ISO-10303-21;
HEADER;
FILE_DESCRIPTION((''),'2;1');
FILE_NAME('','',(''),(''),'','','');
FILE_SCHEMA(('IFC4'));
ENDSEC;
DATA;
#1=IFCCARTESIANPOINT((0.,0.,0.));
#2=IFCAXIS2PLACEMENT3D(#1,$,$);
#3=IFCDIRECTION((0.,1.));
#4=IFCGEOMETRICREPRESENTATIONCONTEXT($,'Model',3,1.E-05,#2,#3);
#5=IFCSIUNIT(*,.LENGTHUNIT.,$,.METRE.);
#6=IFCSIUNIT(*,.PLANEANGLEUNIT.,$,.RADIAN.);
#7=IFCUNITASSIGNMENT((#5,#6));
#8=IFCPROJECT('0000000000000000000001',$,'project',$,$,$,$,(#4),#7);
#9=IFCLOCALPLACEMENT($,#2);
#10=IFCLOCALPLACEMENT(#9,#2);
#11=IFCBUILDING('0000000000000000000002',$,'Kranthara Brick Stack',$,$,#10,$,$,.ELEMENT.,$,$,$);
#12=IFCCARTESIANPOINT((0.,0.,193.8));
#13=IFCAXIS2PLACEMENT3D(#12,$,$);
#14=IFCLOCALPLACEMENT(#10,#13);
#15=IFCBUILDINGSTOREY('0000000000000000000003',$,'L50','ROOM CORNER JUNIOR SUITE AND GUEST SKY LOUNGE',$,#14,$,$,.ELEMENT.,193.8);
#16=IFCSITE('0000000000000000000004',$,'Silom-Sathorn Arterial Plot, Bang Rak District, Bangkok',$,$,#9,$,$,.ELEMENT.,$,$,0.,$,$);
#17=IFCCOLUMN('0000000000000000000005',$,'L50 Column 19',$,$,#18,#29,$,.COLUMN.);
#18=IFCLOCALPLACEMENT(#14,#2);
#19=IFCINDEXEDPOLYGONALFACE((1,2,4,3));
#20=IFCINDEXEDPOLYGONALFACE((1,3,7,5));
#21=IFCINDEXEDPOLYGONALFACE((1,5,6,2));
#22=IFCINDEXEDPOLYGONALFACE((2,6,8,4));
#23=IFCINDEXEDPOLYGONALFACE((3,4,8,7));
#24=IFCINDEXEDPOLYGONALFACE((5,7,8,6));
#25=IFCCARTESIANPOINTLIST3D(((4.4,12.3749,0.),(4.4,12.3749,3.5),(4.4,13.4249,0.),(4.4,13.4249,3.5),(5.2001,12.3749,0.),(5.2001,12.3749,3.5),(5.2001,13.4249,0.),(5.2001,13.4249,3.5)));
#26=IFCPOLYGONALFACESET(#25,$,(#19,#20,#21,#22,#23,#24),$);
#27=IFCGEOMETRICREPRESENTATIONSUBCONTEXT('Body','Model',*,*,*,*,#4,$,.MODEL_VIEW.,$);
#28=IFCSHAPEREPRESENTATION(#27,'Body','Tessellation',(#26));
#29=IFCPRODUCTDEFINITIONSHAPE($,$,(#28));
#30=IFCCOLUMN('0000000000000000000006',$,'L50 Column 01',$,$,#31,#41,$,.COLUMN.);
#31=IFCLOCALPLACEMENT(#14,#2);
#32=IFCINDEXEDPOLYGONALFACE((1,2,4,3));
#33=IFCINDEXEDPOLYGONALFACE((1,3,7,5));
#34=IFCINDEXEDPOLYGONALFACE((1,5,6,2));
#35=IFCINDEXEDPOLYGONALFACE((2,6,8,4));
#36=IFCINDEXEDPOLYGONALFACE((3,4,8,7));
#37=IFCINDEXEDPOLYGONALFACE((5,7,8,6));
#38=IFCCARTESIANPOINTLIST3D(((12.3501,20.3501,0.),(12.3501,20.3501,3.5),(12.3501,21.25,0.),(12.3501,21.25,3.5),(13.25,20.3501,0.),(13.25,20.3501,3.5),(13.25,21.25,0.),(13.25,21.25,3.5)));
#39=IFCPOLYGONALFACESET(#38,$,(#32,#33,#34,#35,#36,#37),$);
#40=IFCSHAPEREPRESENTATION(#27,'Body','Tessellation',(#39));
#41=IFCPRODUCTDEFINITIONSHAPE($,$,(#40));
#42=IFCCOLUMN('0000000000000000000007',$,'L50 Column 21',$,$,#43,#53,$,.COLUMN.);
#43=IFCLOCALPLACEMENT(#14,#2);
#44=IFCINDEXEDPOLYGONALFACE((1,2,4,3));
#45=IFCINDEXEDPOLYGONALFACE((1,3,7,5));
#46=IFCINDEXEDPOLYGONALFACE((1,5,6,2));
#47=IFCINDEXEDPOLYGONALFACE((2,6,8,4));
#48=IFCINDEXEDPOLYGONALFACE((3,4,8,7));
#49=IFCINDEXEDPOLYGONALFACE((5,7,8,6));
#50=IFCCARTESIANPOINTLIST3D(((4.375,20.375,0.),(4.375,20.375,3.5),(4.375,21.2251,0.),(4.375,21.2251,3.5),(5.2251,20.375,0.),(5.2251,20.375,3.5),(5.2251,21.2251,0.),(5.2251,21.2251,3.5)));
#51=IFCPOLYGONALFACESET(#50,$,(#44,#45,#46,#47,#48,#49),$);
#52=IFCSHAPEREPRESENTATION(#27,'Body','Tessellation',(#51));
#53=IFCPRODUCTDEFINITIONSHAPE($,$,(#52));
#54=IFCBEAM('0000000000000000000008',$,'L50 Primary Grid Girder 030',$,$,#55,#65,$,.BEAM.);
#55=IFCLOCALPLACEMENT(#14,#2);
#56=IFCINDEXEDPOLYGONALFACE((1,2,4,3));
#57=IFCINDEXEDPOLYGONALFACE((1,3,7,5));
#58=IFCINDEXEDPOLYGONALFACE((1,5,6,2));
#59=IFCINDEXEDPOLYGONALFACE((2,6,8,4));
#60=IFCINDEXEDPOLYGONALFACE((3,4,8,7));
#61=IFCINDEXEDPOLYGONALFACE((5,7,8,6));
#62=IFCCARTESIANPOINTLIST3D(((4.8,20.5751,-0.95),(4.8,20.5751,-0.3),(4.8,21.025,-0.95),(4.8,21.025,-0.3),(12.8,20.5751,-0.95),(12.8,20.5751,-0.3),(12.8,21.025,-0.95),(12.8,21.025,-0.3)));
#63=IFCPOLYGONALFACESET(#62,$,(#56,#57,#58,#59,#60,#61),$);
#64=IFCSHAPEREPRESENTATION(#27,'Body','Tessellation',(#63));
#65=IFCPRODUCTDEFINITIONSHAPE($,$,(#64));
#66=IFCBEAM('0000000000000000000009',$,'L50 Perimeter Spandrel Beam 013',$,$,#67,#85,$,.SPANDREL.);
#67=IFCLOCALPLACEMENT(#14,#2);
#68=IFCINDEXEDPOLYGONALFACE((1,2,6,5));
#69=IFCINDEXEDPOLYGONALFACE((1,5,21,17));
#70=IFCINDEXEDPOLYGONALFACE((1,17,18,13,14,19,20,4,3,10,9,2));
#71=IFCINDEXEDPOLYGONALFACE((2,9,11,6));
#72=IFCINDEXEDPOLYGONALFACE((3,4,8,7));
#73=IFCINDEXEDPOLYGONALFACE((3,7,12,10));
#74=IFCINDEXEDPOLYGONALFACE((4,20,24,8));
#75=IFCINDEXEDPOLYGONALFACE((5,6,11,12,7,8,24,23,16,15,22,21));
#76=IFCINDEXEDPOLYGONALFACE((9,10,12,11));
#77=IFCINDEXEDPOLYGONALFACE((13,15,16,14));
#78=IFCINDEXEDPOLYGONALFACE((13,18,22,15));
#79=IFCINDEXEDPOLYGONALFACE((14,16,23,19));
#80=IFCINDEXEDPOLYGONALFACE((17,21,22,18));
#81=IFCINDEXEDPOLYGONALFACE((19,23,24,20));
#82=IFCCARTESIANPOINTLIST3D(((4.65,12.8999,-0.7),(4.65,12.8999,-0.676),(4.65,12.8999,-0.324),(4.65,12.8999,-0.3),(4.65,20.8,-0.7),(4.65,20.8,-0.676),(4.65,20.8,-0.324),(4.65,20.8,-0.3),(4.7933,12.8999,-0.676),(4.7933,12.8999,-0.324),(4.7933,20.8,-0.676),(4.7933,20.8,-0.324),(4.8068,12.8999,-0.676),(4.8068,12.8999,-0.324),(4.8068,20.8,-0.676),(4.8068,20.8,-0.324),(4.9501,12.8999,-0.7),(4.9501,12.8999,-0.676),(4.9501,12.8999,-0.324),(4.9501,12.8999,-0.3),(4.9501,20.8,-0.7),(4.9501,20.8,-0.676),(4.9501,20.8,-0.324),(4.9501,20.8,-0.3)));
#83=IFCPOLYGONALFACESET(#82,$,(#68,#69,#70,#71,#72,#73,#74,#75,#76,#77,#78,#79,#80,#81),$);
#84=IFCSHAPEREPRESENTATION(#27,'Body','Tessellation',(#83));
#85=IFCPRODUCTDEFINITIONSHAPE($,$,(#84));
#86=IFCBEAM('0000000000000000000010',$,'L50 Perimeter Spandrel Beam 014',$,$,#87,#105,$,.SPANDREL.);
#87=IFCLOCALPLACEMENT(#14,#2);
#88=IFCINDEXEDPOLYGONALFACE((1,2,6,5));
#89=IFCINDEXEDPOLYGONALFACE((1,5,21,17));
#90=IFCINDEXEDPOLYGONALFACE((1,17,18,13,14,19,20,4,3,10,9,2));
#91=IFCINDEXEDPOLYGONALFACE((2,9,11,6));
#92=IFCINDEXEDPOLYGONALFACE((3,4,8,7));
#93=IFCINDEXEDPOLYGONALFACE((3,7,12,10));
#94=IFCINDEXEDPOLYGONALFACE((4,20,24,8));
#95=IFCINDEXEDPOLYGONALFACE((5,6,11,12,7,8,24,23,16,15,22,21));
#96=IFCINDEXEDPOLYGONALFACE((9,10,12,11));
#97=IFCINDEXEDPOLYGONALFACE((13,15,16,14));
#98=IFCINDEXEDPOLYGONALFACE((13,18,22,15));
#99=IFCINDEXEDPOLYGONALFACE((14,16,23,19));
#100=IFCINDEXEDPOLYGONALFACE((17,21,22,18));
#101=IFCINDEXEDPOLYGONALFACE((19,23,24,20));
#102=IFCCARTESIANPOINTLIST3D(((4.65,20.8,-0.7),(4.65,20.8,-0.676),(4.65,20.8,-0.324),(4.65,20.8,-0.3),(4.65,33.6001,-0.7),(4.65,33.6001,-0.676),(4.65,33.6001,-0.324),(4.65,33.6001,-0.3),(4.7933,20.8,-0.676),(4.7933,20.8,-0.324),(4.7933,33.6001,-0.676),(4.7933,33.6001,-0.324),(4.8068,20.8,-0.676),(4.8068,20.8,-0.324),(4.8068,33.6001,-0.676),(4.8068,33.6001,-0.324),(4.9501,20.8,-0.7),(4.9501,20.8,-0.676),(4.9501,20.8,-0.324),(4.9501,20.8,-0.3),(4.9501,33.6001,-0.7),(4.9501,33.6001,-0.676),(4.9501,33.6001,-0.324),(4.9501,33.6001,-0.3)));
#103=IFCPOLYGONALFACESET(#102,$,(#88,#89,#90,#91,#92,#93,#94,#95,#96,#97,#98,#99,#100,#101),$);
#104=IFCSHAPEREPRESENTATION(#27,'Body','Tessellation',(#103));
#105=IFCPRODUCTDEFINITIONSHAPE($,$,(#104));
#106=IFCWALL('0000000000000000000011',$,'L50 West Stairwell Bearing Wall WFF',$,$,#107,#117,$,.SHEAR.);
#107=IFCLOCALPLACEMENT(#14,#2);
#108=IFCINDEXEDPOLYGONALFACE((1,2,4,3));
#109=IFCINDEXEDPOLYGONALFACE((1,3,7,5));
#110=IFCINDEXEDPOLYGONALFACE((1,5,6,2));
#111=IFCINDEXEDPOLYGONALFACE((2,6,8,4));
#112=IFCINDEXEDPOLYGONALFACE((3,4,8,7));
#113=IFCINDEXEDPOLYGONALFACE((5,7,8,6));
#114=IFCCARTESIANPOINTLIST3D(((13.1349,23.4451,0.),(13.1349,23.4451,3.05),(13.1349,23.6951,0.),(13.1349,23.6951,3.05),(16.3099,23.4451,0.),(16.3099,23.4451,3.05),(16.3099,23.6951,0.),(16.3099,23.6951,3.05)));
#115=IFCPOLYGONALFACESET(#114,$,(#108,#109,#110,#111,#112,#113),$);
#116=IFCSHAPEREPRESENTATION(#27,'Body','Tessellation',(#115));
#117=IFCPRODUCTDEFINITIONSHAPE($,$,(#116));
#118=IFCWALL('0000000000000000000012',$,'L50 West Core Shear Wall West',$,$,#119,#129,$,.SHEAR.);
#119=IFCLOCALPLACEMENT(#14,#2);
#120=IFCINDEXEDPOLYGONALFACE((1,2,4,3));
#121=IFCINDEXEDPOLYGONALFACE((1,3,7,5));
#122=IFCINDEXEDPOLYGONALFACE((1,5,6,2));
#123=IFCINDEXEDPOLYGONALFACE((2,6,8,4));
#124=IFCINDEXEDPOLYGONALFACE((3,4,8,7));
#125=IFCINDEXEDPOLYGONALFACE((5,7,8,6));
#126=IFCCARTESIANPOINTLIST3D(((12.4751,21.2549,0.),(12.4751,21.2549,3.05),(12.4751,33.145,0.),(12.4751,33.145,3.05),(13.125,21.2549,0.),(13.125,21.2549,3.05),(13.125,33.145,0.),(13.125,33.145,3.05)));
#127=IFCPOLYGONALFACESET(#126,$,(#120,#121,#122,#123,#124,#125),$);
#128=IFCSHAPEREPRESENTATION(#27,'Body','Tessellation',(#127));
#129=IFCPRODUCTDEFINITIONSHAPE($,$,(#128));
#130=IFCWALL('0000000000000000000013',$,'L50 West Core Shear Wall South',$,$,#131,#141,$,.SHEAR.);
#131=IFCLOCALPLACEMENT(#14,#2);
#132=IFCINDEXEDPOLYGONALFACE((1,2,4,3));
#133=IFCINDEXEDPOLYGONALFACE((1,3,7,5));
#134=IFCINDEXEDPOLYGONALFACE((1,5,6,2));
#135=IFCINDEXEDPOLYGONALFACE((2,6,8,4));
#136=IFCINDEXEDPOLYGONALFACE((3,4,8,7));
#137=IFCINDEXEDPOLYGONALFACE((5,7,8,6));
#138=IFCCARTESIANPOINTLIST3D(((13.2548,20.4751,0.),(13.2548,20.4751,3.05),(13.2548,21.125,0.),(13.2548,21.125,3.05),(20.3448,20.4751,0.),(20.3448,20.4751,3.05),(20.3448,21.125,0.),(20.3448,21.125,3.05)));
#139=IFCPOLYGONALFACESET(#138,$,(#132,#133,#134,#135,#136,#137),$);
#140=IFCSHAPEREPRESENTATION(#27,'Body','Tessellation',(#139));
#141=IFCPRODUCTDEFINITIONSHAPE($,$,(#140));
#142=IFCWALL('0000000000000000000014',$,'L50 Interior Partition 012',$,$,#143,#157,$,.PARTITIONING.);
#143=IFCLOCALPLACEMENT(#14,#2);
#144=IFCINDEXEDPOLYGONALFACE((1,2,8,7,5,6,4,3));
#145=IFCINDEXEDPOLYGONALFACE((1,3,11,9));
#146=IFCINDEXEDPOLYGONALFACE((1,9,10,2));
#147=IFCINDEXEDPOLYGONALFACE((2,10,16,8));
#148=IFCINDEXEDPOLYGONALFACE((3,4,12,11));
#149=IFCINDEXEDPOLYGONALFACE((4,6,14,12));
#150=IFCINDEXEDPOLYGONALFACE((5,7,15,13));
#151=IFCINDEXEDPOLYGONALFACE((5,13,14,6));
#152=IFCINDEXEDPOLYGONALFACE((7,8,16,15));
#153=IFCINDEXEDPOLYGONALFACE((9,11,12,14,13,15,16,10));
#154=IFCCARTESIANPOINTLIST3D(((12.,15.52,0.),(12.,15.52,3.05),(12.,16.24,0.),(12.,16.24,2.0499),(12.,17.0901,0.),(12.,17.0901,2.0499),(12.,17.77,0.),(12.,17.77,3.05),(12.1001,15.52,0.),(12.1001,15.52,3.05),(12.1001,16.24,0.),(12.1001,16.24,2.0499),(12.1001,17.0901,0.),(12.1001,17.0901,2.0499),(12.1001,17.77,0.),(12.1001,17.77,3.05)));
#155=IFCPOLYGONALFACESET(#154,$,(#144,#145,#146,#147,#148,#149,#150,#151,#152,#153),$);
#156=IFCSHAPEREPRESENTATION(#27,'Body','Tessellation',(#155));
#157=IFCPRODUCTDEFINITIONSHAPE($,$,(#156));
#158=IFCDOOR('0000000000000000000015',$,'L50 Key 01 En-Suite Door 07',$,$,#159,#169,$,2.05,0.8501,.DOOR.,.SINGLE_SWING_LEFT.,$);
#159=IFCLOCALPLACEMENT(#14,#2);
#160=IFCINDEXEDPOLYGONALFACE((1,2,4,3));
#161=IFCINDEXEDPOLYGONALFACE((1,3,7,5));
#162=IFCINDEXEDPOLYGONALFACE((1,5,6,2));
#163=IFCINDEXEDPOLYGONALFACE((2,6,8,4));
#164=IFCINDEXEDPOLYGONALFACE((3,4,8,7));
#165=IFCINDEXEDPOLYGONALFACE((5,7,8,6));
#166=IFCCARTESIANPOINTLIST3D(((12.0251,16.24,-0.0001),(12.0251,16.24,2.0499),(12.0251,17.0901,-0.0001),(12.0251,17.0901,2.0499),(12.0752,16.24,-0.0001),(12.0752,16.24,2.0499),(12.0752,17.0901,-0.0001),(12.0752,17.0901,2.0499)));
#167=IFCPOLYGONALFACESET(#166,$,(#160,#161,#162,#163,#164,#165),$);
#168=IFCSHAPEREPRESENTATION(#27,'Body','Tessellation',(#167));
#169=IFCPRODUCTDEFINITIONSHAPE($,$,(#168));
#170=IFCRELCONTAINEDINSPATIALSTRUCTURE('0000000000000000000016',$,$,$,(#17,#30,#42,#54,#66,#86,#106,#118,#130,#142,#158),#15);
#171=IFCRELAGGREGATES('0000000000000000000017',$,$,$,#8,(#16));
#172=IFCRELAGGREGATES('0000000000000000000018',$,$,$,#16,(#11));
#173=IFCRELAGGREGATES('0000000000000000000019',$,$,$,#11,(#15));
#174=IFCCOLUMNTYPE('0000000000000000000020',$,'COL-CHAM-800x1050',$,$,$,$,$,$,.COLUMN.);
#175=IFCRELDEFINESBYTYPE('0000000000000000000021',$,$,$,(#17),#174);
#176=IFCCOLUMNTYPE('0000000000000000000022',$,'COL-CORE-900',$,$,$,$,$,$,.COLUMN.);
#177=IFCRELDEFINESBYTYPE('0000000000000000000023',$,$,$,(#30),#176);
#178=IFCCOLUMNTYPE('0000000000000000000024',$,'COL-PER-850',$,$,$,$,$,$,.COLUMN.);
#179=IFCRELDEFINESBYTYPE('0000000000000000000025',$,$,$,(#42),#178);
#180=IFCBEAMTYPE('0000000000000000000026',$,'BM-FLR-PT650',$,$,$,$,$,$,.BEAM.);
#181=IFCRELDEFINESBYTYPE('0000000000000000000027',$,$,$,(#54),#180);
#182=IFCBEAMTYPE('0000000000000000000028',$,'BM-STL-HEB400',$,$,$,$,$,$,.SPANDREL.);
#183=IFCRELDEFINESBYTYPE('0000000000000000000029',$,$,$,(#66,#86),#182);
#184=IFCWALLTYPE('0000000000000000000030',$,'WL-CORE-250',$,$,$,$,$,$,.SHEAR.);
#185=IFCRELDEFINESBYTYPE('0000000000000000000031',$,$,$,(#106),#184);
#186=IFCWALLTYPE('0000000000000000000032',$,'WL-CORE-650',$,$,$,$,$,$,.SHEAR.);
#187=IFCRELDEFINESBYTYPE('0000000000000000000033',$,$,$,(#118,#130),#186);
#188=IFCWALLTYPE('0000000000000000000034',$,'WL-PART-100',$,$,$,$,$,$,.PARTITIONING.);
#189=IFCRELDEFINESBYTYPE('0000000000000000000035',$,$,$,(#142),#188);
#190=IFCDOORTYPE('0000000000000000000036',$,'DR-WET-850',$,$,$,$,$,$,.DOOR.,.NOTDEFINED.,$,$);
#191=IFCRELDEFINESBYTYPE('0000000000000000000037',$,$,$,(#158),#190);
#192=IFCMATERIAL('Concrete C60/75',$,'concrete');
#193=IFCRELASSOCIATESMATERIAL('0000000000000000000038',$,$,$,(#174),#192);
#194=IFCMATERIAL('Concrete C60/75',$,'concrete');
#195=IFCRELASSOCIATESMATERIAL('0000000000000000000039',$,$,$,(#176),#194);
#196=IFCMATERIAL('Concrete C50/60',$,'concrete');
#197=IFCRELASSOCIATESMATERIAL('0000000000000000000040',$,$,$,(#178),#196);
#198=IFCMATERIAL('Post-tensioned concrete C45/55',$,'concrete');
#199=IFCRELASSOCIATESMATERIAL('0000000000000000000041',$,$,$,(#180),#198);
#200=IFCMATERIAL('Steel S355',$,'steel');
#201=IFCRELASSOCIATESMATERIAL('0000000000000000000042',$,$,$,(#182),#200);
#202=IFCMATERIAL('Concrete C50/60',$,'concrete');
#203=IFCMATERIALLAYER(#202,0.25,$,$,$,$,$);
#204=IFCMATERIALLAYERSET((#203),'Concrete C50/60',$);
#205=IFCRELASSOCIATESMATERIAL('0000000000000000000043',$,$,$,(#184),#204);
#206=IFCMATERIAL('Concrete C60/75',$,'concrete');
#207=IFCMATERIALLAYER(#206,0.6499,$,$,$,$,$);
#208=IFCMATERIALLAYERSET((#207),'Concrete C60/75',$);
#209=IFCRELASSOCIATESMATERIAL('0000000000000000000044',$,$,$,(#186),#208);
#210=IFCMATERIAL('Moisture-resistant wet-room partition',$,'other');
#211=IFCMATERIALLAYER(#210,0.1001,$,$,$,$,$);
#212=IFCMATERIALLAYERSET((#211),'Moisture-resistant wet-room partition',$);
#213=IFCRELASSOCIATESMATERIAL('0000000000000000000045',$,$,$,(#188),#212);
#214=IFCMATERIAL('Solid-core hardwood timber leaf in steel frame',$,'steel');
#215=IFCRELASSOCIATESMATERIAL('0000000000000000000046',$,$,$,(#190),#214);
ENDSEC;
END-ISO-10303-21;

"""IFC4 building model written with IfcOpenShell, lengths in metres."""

from ifc_helpers import new_model, si_unit, direction, frame, frame_2d, origin, origin_2d, place, context, subcontext, project, spatial, rectangle, i_section, extrude, material, layer, layer_set, material_profile, profile_set, type_object, element, fill, save


model = new_model("IFC4")

# Units and contexts
model_context = context("Model", 3, precision=1e-05, world=origin(), true_north=direction((0.0, 1.0)))
body_context = subcontext(model_context, "Body", "Model", "MODEL_VIEW")
ifc_project = project(units=[si_unit("LENGTHUNIT", "METRE"), si_unit("PLANEANGLEUNIT", "RADIAN")], contexts=[model_context])

# Site, building, storey
site_placement = place(None, origin())
site = spatial("IfcSite", under=ifc_project, at=site_placement, Name="Silom-Sathorn Arterial Plot, Bang Rak District, Bangkok", CompositionType="ELEMENT", RefElevation=0.0)
building_placement = place(site_placement, origin())
building = spatial("IfcBuilding", under=site, at=building_placement, Name="Kranthara Brick Stack", CompositionType="ELEMENT")
storey_placement = place(building_placement, frame((0.0, 0.0, 193.8)))
storey = spatial("IfcBuildingStorey", under=building, at=storey_placement, Name="L50", Description="ROOM CORNER JUNIOR SUITE AND GUEST SKY LOUNGE", CompositionType="ELEMENT", Elevation=193.8)

# Columns
ifc_material_1 = material(Name="Concrete C60/75", Category="concrete")
ifc_material_profile_1 = material_profile(ifc_material_1, rectangle(XDim=0.8, YDim=1.05, at=origin_2d()), Name="RC 800x1050")
ifc_profile_set_1 = profile_set([ifc_material_profile_1], Name="Concrete C60/75")
column_type_1 = type_object("IfcColumnType", Name="COL-CHAM-800x1050", PredefinedType="COLUMN", material=ifc_profile_set_1)
column_1_placement = place(storey_placement, frame((4.8, 12.8999, 0.0), z_axis=(0.0, 0.0, 1.0), x_axis=(1.0, 0.0, 0.0)))
element("IfcColumn", 1, at=column_1_placement, inside=storey, type_object=column_type_1, Name="L50 Column 19", PredefinedType="COLUMN", context=body_context, shape_type="SweptSolid", body=[
    extrude(rectangle(XDim=0.8, YDim=1.05, at=origin_2d()), origin(), (0.0, 0.0, 1.0), 3.5),
])
ifc_material_2 = material(Name="Concrete C60/75", Category="concrete")
ifc_material_profile_2 = material_profile(ifc_material_2, rectangle(XDim=0.8999, YDim=0.8999, at=origin_2d()), Name="RC 900x900")
ifc_profile_set_2 = profile_set([ifc_material_profile_2], Name="Concrete C60/75")
column_type_2 = type_object("IfcColumnType", Name="COL-CORE-900", PredefinedType="COLUMN", material=ifc_profile_set_2)
column_2_placement = place(storey_placement, frame((12.8, 20.8, 0.0), z_axis=(0.0, 0.0, 1.0), x_axis=(1.0, 0.0, 0.0)))
element("IfcColumn", 2, at=column_2_placement, inside=storey, type_object=column_type_2, Name="L50 Column 01", PredefinedType="COLUMN", context=body_context, shape_type="SweptSolid", body=[
    extrude(rectangle(XDim=0.8999, YDim=0.8999, at=origin_2d()), origin(), (0.0, 0.0, 1.0), 3.5),
])
ifc_material_3 = material(Name="Concrete C50/60", Category="concrete")
ifc_material_profile_3 = material_profile(ifc_material_3, rectangle(XDim=0.8501, YDim=0.8501, at=origin_2d()), Name="RC 850x850")
ifc_profile_set_3 = profile_set([ifc_material_profile_3], Name="Concrete C50/60")
column_type_3 = type_object("IfcColumnType", Name="COL-PER-850", PredefinedType="COLUMN", material=ifc_profile_set_3)
column_3_placement = place(storey_placement, frame((4.8, 20.8, 0.0), z_axis=(0.0, 0.0, 1.0), x_axis=(1.0, 0.0, 0.0)))
element("IfcColumn", 3, at=column_3_placement, inside=storey, type_object=column_type_3, Name="L50 Column 21", PredefinedType="COLUMN", context=body_context, shape_type="SweptSolid", body=[
    extrude(rectangle(XDim=0.8501, YDim=0.8501, at=origin_2d()), origin(), (0.0, 0.0, 1.0), 3.5),
])

# Beams
ifc_material_4 = material(Name="Post-tensioned concrete C45/55", Category="concrete")
ifc_material_profile_4 = material_profile(ifc_material_4, rectangle(XDim=0.45, YDim=0.6499, at=origin_2d()), Name="PT 450x650")
ifc_profile_set_4 = profile_set([ifc_material_profile_4], Name="Post-tensioned concrete C45/55")
beam_type_1 = type_object("IfcBeamType", Name="BM-FLR-PT650", PredefinedType="BEAM", material=ifc_profile_set_4)
beam_1_placement = place(storey_placement, frame((4.8, 20.8, -0.625), z_axis=(1.0, 0.0, 0.0), x_axis=(0.0, 1.0, 0.0)))
element("IfcBeam", 4, at=beam_1_placement, inside=storey, type_object=beam_type_1, Name="L50 Primary Grid Girder 030", PredefinedType="BEAM", context=body_context, shape_type="SweptSolid", body=[
    extrude(rectangle(XDim=0.45, YDim=0.6499, at=origin_2d()), origin(), (0.0, 0.0, 1.0), 8.0),
])
ifc_material_5 = material(Name="Steel S355", Category="steel")
ifc_material_profile_5 = material_profile(ifc_material_5, i_section(OverallWidth=0.3, OverallDepth=0.3999, WebThickness=0.0134, FlangeThickness=0.0239, at=origin_2d()), Name="HEB 400")
ifc_profile_set_5 = profile_set([ifc_material_profile_5], Name="Steel S355")
beam_type_2 = type_object("IfcBeamType", Name="BM-STL-HEB400", PredefinedType="SPANDREL", material=ifc_profile_set_5)
beam_2_placement = place(storey_placement, frame((4.8, 12.8999, -0.5), z_axis=(0.0, 1.0, 0.0), x_axis=(-1.0, 0.0, 0.0)))
element("IfcBeam", 5, at=beam_2_placement, inside=storey, type_object=beam_type_2, Name="L50 Perimeter Spandrel Beam 013", PredefinedType="SPANDREL", context=body_context, shape_type="SweptSolid", body=[
    extrude(i_section(OverallWidth=0.3, OverallDepth=0.3999, WebThickness=0.0134, FlangeThickness=0.0239, at=origin_2d()), origin(), (0.0, 0.0, 1.0), 7.9001),
])
beam_3_placement = place(storey_placement, frame((4.8, 20.8, -0.5), z_axis=(0.0, 1.0, 0.0), x_axis=(-1.0, 0.0, 0.0)))
element("IfcBeam", 6, at=beam_3_placement, inside=storey, type_object=beam_type_2, Name="L50 Perimeter Spandrel Beam 014", PredefinedType="SPANDREL", context=body_context, shape_type="SweptSolid", body=[
    extrude(i_section(OverallWidth=0.3, OverallDepth=0.3999, WebThickness=0.0134, FlangeThickness=0.0239, at=origin_2d()), origin(), (0.0, 0.0, 1.0), 12.8),
])

# Shared definitions
ifc_material_6 = material(Name="Concrete C50/60", Category="concrete")
ifc_layer_1 = layer(ifc_material_6, 0.25)
ifc_layer_set_1 = layer_set([ifc_layer_1], Name="Concrete C50/60")
wall_type_1 = type_object("IfcWallType", Name="WL-CORE-250", PredefinedType="SHEAR", material=ifc_layer_set_1)

# Walls
wall_1_placement = place(storey_placement, frame((13.135, 23.5701, 0.0), z_axis=(0.0, 0.0, 1.0), x_axis=(1.0, 0.0, 0.0)))
element("IfcWall", 7, at=wall_1_placement, inside=storey, type_object=wall_type_1, Name="L50 West Stairwell Bearing Wall WFF", PredefinedType="SHEAR", context=body_context, shape_type="SweptSolid", body=[
    extrude(rectangle(XDim=3.175, YDim=0.25, at=frame_2d((1.5874, 0.0))), origin(), (0.0, 0.0, 1.0), 3.05),
])
ifc_material_7 = material(Name="Concrete C60/75", Category="concrete")
ifc_layer_2 = layer(ifc_material_7, 0.6499)
ifc_layer_set_2 = layer_set([ifc_layer_2], Name="Concrete C60/75")
wall_type_2 = type_object("IfcWallType", Name="WL-CORE-650", PredefinedType="SHEAR", material=ifc_layer_set_2)
wall_2_placement = place(storey_placement, frame((12.8, 21.2549, 0.0), z_axis=(0.0, 0.0, 1.0), x_axis=(0.0, 1.0, 0.0)))
element("IfcWall", 8, at=wall_2_placement, inside=storey, type_object=wall_type_2, Name="L50 West Core Shear Wall West", PredefinedType="SHEAR", context=body_context, shape_type="SweptSolid", body=[
    extrude(rectangle(XDim=11.8901, YDim=0.6499, at=frame_2d((5.9451, 0.0))), origin(), (0.0, 0.0, 1.0), 3.05),
])
wall_3_placement = place(storey_placement, frame((13.2549, 20.8, 0.0), z_axis=(0.0, 0.0, 1.0), x_axis=(1.0, 0.0, 0.0)))
element("IfcWall", 9, at=wall_3_placement, inside=storey, type_object=wall_type_2, Name="L50 West Core Shear Wall South", PredefinedType="SHEAR", context=body_context, shape_type="SweptSolid", body=[
    extrude(rectangle(XDim=7.0901, YDim=0.6499, at=frame_2d((3.5449, 0.0))), origin(), (0.0, 0.0, 1.0), 3.05),
])

# Wall, opening, door
ifc_material_8 = material(Name="Moisture-resistant wet-room partition", Category="other")
ifc_layer_3 = layer(ifc_material_8, 0.1001)
ifc_layer_set_3 = layer_set([ifc_layer_3], Name="Moisture-resistant wet-room partition")
wall_type_3 = type_object("IfcWallType", Name="WL-PART-100", PredefinedType="PARTITIONING", material=ifc_layer_set_3)
wall_4_placement = place(storey_placement, frame((12.05, 15.52, 0.0), z_axis=(0.0, 0.0, 1.0), x_axis=(0.0, 1.0, 0.0)))
wall_4 = element("IfcWall", 10, at=wall_4_placement, inside=storey, type_object=wall_type_3, Name="L50 Interior Partition 012", PredefinedType="PARTITIONING", context=body_context, shape_type="SweptSolid", body=[
    extrude(rectangle(XDim=2.25, YDim=0.1001, at=frame_2d((1.125, 0.0))), origin(), (0.0, 0.0, 1.0), 3.05),
])
opening_1_placement = place(wall_4_placement, frame((0.72, 0.0, 0.0)))
opening_1 = element("IfcOpeningElement", 11, at=opening_1_placement, cuts=wall_4, PredefinedType="OPENING", context=body_context, shape_type="SweptSolid", body=[
    extrude(rectangle(XDim=0.8501, YDim=2.05, at=frame_2d((0.425, 1.0249))), frame((0.0, 0.0601, 0.0), z_axis=(0.0, -1.0, 0.0), x_axis=(1.0, 0.0, 0.0)), (0.0, 0.0, 1.0), 0.1201),
])
ifc_material_9 = material(Name="Solid-core hardwood timber leaf in steel frame", Category="steel")
door_type_1 = type_object("IfcDoorType", Name="DR-WET-850", OperationType="NOTDEFINED", PredefinedType="DOOR", material=ifc_material_9)
door_1_placement = place(opening_1_placement, origin())
door_1 = element("IfcDoor", 12, at=door_1_placement, inside=storey, type_object=door_type_1, Name="L50 Key 01 En-Suite Door 07", OperationType="SINGLE_SWING_LEFT", OverallHeight=2.05, OverallWidth=0.8501, PredefinedType="DOOR", context=body_context, shape_type="SweptSolid", body=[
    extrude(rectangle(XDim=0.8501, YDim=2.05, at=frame_2d((0.425, 1.0249))), frame((0.0, 0.0249, 0.0), z_axis=(0.0, -1.0, 0.0), x_axis=(1.0, 0.0, 0.0)), (0.0, 0.0, 1.0), 0.05),
])
fill(opening_1, door_1)

save(model, "model.ifc")
